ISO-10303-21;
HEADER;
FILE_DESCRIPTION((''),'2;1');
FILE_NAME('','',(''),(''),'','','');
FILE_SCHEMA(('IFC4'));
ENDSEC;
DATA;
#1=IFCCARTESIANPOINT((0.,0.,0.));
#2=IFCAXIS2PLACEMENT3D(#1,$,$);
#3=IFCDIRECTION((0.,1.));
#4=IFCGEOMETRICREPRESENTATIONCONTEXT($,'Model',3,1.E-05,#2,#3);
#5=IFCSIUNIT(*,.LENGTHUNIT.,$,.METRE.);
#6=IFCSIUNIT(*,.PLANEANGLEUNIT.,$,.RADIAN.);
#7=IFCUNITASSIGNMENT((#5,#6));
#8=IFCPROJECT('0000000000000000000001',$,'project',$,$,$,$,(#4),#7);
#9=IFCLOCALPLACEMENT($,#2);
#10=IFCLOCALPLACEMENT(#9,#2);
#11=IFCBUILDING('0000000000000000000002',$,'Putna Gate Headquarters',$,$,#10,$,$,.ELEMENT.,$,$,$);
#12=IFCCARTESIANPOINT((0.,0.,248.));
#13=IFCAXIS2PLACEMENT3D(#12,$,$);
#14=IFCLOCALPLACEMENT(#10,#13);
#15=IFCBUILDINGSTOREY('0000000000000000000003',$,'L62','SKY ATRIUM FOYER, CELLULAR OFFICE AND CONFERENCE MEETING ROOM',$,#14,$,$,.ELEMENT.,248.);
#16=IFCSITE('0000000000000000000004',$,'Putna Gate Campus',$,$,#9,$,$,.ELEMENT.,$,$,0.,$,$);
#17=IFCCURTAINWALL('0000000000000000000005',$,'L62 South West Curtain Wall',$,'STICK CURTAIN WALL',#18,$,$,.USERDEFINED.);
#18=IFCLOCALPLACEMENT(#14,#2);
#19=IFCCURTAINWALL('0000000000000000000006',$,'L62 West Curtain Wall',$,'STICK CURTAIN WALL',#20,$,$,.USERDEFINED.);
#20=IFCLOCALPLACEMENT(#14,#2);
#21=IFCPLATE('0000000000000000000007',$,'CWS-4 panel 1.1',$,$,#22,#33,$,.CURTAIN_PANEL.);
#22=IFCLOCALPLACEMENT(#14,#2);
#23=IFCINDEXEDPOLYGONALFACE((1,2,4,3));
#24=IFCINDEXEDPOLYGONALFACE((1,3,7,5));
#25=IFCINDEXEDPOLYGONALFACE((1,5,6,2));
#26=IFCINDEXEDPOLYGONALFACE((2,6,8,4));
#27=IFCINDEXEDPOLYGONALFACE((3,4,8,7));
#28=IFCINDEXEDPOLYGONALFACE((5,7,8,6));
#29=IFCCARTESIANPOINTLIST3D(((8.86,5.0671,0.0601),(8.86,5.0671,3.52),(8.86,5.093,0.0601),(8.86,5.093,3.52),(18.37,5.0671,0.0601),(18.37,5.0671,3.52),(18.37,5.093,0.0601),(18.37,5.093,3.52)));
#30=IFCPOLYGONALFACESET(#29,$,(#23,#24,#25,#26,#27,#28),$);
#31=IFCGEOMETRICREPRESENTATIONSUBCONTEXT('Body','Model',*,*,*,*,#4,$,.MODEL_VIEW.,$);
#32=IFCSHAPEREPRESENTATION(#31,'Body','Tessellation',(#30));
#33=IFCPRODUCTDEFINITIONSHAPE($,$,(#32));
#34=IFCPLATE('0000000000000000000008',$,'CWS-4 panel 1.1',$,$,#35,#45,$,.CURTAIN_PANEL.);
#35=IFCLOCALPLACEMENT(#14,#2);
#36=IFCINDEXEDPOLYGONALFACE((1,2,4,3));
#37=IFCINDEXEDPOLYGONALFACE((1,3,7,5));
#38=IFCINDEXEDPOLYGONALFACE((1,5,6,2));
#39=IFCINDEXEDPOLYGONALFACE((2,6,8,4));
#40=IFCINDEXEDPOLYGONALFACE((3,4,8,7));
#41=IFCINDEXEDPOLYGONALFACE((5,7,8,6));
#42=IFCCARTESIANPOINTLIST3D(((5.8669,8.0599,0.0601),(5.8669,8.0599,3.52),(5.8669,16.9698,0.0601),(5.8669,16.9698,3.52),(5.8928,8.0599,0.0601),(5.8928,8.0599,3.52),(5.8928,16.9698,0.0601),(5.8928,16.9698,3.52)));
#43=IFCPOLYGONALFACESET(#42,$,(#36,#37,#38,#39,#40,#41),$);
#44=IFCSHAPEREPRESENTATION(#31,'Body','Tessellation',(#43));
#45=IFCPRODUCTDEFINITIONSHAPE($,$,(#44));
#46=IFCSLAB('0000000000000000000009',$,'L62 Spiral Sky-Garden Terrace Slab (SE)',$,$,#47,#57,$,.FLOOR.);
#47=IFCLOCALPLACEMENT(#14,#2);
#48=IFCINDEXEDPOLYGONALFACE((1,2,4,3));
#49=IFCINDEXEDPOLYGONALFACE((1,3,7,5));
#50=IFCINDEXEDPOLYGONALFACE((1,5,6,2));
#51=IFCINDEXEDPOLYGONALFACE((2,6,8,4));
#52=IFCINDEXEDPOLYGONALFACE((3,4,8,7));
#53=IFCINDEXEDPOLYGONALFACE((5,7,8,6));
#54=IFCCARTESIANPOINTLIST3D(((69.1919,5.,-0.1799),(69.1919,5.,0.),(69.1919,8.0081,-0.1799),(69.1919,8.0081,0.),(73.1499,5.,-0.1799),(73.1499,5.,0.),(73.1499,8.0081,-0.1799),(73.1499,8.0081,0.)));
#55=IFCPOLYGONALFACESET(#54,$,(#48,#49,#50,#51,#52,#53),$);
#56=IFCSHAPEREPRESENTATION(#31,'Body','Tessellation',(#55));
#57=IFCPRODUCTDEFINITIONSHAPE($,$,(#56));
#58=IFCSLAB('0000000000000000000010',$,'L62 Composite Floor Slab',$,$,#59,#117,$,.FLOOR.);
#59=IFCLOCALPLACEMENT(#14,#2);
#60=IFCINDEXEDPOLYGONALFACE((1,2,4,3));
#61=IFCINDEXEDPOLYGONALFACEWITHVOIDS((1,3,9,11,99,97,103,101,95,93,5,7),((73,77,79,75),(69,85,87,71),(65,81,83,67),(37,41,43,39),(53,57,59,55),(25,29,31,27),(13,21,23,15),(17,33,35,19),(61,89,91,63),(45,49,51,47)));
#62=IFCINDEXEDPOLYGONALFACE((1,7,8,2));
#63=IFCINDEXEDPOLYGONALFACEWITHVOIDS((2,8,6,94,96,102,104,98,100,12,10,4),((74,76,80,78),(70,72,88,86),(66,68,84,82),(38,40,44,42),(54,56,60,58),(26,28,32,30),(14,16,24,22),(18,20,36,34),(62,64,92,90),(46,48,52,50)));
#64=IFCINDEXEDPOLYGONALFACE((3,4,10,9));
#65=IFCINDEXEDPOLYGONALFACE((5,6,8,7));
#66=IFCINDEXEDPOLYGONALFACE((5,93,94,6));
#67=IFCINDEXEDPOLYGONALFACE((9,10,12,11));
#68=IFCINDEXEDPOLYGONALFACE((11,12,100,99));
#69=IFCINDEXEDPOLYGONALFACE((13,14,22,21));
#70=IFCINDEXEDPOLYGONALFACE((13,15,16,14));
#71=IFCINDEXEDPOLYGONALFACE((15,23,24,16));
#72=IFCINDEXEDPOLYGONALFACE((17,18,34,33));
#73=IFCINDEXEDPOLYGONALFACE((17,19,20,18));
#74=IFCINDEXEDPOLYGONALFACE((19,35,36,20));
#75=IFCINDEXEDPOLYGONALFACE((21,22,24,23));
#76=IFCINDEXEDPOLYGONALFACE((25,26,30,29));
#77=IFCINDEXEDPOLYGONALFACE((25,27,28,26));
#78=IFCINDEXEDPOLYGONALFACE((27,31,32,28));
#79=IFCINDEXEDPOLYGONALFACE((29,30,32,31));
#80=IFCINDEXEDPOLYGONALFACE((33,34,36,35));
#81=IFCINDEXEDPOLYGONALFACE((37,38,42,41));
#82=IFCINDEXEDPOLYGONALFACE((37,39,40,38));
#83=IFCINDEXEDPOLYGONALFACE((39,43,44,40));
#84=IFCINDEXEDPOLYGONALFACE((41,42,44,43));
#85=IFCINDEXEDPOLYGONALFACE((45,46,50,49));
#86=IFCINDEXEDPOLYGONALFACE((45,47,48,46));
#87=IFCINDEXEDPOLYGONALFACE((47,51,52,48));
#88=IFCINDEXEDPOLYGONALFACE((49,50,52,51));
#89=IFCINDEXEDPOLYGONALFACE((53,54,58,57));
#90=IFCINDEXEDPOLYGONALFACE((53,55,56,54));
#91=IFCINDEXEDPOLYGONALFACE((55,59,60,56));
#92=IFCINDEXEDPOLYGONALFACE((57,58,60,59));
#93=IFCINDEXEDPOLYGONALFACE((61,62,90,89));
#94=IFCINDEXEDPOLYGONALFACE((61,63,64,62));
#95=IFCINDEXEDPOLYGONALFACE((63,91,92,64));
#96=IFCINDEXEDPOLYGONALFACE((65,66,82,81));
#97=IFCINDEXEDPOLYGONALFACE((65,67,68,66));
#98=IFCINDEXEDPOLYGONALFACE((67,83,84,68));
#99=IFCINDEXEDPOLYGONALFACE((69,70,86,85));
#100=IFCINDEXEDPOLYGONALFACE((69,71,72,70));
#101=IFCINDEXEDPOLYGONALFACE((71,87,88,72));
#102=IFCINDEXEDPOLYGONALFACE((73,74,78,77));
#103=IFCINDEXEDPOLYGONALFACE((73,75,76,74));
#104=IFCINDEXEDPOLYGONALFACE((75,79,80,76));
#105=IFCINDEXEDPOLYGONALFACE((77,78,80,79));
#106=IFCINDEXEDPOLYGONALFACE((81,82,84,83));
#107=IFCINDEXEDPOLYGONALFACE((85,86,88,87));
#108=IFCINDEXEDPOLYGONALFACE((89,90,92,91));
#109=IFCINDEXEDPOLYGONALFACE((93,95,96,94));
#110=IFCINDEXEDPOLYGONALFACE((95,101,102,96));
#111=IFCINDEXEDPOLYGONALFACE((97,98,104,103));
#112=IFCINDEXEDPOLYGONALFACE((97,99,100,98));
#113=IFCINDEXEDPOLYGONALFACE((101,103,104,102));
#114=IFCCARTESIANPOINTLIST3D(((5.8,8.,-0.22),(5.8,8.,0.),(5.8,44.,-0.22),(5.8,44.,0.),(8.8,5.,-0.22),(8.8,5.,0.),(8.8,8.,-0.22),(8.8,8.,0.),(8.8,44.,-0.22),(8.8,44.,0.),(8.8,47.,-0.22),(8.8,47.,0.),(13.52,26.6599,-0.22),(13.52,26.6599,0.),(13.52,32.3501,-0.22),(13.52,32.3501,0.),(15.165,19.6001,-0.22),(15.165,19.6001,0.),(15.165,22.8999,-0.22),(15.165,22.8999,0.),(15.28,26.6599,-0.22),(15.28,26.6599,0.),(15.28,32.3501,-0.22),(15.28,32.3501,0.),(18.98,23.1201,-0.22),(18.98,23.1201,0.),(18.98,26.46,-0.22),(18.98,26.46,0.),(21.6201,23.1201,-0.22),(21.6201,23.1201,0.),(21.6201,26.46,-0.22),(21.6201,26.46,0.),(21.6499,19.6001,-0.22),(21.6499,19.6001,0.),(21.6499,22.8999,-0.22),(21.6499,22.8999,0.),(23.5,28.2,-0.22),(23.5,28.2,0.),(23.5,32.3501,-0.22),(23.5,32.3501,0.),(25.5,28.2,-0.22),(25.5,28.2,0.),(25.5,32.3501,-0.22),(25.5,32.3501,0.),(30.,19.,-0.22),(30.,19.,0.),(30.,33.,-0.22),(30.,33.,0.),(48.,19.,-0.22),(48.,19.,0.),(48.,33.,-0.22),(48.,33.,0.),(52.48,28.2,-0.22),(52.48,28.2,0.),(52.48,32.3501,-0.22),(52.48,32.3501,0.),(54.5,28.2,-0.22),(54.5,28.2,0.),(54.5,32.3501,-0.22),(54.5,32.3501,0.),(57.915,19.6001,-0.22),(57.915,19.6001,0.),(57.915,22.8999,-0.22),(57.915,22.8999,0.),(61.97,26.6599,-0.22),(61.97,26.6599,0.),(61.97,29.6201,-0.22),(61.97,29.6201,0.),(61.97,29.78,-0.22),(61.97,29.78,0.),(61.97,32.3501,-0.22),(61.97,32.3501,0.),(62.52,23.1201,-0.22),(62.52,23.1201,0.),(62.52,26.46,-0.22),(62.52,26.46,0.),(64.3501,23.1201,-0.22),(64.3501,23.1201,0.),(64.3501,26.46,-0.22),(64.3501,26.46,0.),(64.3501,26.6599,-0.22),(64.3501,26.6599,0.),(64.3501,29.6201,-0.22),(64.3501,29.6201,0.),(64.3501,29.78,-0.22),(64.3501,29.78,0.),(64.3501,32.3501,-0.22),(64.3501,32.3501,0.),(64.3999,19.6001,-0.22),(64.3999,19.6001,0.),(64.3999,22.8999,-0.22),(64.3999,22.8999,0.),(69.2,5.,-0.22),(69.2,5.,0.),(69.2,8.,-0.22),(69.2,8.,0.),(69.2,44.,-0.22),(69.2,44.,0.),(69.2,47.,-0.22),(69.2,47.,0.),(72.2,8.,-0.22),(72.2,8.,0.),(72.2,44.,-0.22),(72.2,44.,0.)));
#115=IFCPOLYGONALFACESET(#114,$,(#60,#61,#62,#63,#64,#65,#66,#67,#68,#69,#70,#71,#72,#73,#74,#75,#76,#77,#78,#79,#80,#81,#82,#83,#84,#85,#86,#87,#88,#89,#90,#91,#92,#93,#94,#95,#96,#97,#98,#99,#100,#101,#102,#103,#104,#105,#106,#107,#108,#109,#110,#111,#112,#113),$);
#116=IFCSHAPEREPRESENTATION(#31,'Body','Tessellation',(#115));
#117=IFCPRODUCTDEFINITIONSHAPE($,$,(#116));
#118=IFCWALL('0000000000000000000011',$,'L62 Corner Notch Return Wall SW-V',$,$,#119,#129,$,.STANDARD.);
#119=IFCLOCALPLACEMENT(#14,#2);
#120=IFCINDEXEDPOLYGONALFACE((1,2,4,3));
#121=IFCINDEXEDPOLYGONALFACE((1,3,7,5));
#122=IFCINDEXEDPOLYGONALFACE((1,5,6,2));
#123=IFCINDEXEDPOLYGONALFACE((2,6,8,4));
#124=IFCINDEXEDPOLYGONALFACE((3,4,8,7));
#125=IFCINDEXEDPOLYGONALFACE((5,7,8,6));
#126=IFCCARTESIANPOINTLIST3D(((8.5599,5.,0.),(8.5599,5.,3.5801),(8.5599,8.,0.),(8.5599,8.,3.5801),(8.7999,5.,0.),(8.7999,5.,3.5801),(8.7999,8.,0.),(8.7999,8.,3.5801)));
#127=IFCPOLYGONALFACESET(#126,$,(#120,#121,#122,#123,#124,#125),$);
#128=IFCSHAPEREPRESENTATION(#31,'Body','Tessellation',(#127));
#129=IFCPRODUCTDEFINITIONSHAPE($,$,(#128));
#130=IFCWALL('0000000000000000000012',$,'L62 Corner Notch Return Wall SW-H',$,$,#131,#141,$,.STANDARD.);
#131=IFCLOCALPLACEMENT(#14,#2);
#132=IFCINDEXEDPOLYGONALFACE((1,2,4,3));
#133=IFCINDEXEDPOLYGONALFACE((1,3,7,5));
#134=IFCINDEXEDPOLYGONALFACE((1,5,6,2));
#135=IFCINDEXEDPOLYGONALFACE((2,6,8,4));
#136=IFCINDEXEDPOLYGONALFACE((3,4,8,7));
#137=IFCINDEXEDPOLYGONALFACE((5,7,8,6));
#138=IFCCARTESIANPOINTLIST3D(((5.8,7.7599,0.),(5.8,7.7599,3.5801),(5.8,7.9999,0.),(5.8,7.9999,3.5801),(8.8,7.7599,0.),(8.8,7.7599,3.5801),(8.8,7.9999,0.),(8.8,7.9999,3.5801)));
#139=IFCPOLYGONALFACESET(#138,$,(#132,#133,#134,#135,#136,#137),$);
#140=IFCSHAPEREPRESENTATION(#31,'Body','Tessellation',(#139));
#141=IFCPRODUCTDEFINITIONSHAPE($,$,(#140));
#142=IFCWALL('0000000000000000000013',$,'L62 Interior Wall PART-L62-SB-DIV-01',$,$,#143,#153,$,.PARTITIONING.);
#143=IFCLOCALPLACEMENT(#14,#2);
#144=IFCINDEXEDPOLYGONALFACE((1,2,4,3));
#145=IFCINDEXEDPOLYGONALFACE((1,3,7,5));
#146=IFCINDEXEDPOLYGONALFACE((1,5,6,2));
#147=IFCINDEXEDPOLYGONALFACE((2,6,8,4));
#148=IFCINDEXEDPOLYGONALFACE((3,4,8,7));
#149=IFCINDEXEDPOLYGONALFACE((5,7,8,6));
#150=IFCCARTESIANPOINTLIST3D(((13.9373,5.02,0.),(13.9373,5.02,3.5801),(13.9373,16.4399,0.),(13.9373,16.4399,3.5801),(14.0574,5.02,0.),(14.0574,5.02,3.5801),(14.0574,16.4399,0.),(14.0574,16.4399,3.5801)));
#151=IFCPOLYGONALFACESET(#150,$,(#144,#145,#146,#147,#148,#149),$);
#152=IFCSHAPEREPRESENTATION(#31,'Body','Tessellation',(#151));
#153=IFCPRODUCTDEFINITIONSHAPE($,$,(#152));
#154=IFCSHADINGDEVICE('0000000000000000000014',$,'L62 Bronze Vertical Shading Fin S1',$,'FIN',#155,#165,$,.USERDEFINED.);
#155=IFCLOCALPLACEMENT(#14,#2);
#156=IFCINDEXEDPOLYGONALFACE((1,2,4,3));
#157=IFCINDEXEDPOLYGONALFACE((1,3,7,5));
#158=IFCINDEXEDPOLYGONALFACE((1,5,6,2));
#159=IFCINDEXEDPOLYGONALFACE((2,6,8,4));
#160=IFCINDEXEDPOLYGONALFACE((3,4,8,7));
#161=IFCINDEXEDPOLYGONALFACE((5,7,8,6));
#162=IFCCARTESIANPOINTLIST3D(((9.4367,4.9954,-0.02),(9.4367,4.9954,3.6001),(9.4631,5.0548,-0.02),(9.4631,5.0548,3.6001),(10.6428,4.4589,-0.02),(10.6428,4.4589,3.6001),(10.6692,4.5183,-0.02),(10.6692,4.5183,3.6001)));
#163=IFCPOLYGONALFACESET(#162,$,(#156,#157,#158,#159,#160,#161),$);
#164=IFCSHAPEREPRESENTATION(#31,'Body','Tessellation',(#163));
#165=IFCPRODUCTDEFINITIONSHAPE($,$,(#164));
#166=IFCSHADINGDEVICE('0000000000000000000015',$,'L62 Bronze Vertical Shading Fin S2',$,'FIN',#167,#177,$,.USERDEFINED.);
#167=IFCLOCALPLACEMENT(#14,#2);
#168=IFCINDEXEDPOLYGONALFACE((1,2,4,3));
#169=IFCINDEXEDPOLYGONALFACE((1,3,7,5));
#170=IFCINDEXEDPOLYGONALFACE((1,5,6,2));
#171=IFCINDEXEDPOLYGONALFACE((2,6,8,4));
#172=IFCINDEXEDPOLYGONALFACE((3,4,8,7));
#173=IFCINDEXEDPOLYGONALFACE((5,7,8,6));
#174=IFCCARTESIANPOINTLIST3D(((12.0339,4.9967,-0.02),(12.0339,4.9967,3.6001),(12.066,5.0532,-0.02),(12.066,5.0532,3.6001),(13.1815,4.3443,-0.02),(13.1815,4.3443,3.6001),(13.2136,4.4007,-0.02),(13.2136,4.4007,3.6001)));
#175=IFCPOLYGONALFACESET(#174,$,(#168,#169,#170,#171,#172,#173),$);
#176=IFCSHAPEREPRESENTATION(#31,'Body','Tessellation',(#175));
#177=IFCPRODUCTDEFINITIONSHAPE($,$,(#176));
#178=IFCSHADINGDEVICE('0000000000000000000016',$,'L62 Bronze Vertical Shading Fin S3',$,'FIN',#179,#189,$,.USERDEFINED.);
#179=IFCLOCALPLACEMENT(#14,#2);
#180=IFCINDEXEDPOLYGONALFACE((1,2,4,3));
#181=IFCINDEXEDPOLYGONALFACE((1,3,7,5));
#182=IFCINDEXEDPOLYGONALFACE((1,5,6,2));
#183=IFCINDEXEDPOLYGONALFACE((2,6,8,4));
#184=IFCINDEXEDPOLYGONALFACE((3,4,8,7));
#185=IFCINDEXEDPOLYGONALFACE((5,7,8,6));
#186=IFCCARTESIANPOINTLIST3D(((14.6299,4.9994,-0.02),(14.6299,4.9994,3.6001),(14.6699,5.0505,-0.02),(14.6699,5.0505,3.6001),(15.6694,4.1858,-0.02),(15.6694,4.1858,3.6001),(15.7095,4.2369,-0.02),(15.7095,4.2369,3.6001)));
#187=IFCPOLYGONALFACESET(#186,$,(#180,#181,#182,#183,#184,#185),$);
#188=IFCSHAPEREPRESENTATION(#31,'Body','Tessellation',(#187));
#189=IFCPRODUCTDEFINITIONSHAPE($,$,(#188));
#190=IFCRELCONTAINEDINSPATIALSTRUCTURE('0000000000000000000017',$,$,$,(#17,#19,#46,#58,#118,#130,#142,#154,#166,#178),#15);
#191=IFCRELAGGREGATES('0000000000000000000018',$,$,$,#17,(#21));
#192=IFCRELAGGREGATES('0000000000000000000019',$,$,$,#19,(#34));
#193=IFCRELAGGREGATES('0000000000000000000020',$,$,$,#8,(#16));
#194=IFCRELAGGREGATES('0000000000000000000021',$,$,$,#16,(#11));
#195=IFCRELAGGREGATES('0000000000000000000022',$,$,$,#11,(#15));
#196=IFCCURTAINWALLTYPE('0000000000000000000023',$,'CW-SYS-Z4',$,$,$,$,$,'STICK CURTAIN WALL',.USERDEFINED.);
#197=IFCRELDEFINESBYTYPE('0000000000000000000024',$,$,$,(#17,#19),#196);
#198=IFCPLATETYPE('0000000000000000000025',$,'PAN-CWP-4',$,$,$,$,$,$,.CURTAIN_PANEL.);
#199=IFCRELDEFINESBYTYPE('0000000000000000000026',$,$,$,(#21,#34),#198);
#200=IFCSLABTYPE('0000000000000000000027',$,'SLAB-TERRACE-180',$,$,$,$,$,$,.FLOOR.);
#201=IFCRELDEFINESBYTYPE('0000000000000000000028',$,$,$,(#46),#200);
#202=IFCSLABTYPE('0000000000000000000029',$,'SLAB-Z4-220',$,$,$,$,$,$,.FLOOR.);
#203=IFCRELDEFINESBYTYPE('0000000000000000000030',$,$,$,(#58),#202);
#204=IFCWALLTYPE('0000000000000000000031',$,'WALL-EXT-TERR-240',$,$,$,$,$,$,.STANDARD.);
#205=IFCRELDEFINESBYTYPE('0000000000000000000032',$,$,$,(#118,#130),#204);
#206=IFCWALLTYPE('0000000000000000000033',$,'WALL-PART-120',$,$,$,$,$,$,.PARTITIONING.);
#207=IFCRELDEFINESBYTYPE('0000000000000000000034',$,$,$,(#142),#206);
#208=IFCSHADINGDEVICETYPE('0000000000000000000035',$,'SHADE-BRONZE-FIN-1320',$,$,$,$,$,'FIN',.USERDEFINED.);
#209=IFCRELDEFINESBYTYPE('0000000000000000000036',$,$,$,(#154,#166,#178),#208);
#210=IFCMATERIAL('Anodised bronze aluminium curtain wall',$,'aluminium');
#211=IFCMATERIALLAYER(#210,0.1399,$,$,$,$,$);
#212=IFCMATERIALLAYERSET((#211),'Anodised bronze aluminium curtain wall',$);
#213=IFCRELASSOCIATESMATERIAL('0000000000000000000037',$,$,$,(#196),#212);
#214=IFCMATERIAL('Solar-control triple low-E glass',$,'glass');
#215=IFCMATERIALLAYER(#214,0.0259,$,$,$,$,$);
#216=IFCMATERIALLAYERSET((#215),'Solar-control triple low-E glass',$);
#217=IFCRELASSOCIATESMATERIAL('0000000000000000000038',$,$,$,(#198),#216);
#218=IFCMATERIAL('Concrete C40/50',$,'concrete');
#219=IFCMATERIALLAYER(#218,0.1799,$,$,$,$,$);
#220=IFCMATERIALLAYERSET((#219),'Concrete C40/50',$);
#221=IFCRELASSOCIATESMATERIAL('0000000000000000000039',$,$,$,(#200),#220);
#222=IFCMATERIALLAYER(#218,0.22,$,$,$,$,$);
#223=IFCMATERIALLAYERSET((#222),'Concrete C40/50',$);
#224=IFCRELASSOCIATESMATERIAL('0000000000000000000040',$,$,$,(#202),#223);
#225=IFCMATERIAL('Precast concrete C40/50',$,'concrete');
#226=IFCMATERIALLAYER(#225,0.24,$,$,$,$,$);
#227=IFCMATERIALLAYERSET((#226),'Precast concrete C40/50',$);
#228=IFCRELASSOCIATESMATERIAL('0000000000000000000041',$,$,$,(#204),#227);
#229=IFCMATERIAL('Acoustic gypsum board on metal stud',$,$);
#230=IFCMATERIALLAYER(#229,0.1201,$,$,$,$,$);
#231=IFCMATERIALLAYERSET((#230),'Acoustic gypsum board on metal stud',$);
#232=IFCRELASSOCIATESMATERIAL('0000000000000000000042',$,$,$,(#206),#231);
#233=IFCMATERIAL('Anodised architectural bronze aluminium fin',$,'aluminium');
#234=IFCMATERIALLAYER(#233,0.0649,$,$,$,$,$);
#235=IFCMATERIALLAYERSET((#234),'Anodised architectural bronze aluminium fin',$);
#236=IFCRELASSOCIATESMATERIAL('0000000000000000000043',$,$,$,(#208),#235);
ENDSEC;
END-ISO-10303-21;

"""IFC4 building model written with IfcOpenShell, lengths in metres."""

from ifc_helpers import new_model, si_unit, direction, frame, frame_2d, origin, origin_2d, place, context, subcontext, project, spatial, polyline, rectangle, outline, extrude, material, layer, layer_set, type_object, element, aggregate, save


model = new_model("IFC4")

# Units and contexts
model_context = context("Model", 3, precision=1e-05, world=origin(), true_north=direction((0.0, 1.0)))
body_context = subcontext(model_context, "Body", "Model", "MODEL_VIEW")
ifc_project = project(units=[si_unit("LENGTHUNIT", "METRE"), si_unit("PLANEANGLEUNIT", "RADIAN")], contexts=[model_context])

# Site, building, storey
site_placement = place(None, origin())
site = spatial("IfcSite", under=ifc_project, at=site_placement, Name="Putna Gate Campus", CompositionType="ELEMENT", RefElevation=0.0)
building_placement = place(site_placement, origin())
building = spatial("IfcBuilding", under=site, at=building_placement, Name="Putna Gate Headquarters", CompositionType="ELEMENT")
storey_placement = place(building_placement, frame((0.0, 0.0, 248.0)))
storey = spatial("IfcBuildingStorey", under=building, at=storey_placement, Name="L62", Description="SKY ATRIUM FOYER, CELLULAR OFFICE AND CONFERENCE MEETING ROOM", CompositionType="ELEMENT", Elevation=248.0)

# Curtain walls
ifc_material_1 = material(Name="Anodised bronze aluminium curtain wall", Category="aluminium")
ifc_layer_1 = layer(ifc_material_1, 0.1399)
ifc_layer_set_1 = layer_set([ifc_layer_1], Name="Anodised bronze aluminium curtain wall")
curtain_wall_type = type_object("IfcCurtainWallType", Name="CW-SYS-Z4", ElementType="STICK CURTAIN WALL", PredefinedType="USERDEFINED", material=ifc_layer_set_1)
curtain_wall_1_placement = place(storey_placement, origin())
curtain_wall_1 = element("IfcCurtainWall", 1, at=curtain_wall_1_placement, inside=storey, type_object=curtain_wall_type, Name="L62 South West Curtain Wall", ObjectType="STICK CURTAIN WALL", PredefinedType="USERDEFINED")
curtain_wall_2_placement = place(storey_placement, origin())
curtain_wall_2 = element("IfcCurtainWall", 2, at=curtain_wall_2_placement, inside=storey, type_object=curtain_wall_type, Name="L62 West Curtain Wall", ObjectType="STICK CURTAIN WALL", PredefinedType="USERDEFINED")

# Shared definitions
ifc_material_2 = material(Name="Concrete C40/50", Category="concrete")

# Plates
ifc_material_3 = material(Name="Solar-control triple low-E glass", Category="glass")
ifc_layer_2 = layer(ifc_material_3, 0.0259)
ifc_layer_set_2 = layer_set([ifc_layer_2], Name="Solar-control triple low-E glass")
plate_type = type_object("IfcPlateType", Name="PAN-CWP-4", PredefinedType="CURTAIN_PANEL", material=ifc_layer_set_2)
plate_1_placement = place(storey_placement, frame((13.615, 5.0801, 0.0601), z_axis=(0.0, 0.0, 1.0), x_axis=(1.0, 0.0, 0.0)))
plate_1 = element("IfcPlate", 3, at=plate_1_placement, type_object=plate_type, Name="CWS-4 panel 1.1", PredefinedType="CURTAIN_PANEL", context=body_context, shape_type="SweptSolid", body=[
    extrude(rectangle(XDim=9.51, YDim=0.0259, at=origin_2d()), origin(), (0.0, 0.0, 1.0), 3.46),
])
aggregate(curtain_wall_1, [plate_1])
plate_2_placement = place(storey_placement, frame((5.8799, 12.5149, 0.0601), z_axis=(0.0, 0.0, 1.0), x_axis=(0.0, 1.0, 0.0)))
plate_2 = element("IfcPlate", 4, at=plate_2_placement, type_object=plate_type, Name="CWS-4 panel 1.1", PredefinedType="CURTAIN_PANEL", context=body_context, shape_type="SweptSolid", body=[
    extrude(rectangle(XDim=8.9099, YDim=0.0259, at=origin_2d()), origin(), (0.0, 0.0, 1.0), 3.46),
])
aggregate(curtain_wall_2, [plate_2])

# Slabs
ifc_layer_3 = layer(ifc_material_2, 0.1799)
ifc_layer_set_3 = layer_set([ifc_layer_3], Name="Concrete C40/50")
slab_type_1 = type_object("IfcSlabType", Name="SLAB-TERRACE-180", PredefinedType="FLOOR", material=ifc_layer_set_3)
slab_1_placement = place(storey_placement, frame((0.0, 0.0, -0.1799)))
element("IfcSlab", 5, at=slab_1_placement, inside=storey, type_object=slab_type_1, Name="L62 Spiral Sky-Garden Terrace Slab (SE)", PredefinedType="FLOOR", context=body_context, shape_type="SweptSolid", body=[
    extrude(outline(polyline([(69.1919, 5.0), (73.1499, 5.0), (73.1499, 8.0081), (69.1919, 8.0081), (69.1919, 5.0)])), origin(), (0.0, 0.0, 1.0), 0.1799),
])
ifc_layer_4 = layer(ifc_material_2, 0.22)
ifc_layer_set_4 = layer_set([ifc_layer_4], Name="Concrete C40/50")
slab_type_2 = type_object("IfcSlabType", Name="SLAB-Z4-220", PredefinedType="FLOOR", material=ifc_layer_set_4)
slab_2_placement = place(storey_placement, frame((0.0, 0.0, -0.22)))
element("IfcSlab", 6, at=slab_2_placement, inside=storey, type_object=slab_type_2, Name="L62 Composite Floor Slab", PredefinedType="FLOOR", context=body_context, shape_type="SweptSolid", body=[
    extrude(outline(polyline([(8.8, 5.0), (69.2, 5.0), (69.2, 8.0), (72.2, 8.0), (72.2, 44.0), (69.2, 44.0), (69.2, 47.0), (8.8, 47.0), (8.8, 44.0), (5.8, 44.0), (5.8, 8.0), (8.8, 8.0), (8.8, 5.0)]), holes=[polyline([(15.165, 19.6001), (21.6499, 19.6001), (21.6499, 22.8999), (15.165, 22.8999), (15.165, 19.6001)]), polyline([(57.915, 19.6001), (64.3999, 19.6001), (64.3999, 22.8999), (57.915, 22.8999), (57.915, 19.6001)]), polyline([(13.52, 26.6599), (15.28, 26.6599), (15.28, 32.3501), (13.52, 32.3501), (13.52, 26.6599)]), polyline([(61.97, 29.78), (64.3501, 29.78), (64.3501, 32.3501), (61.97, 32.3501), (61.97, 29.78)]), polyline([(18.98, 23.1201), (21.6201, 23.1201), (21.6201, 26.46), (18.98, 26.46), (18.98, 23.1201)]), polyline([(62.52, 23.1201), (64.3501, 23.1201), (64.3501, 26.46), (62.52, 26.46), (62.52, 23.1201)]), polyline([(61.97, 26.6599), (64.3501, 26.6599), (64.3501, 29.6201), (61.97, 29.6201), (61.97, 26.6599)]), polyline([(23.5, 28.2), (25.5, 28.2), (25.5, 32.3501), (23.5, 32.3501), (23.5, 28.2)]), polyline([(52.48, 28.2), (54.5, 28.2), (54.5, 32.3501), (52.48, 32.3501), (52.48, 28.2)]), polyline([(30.0, 19.0), (48.0, 19.0), (48.0, 33.0), (30.0, 33.0), (30.0, 19.0)])]), origin(), (0.0, 0.0, 1.0), 0.22),
])

# Walls
ifc_material_4 = material(Name="Precast concrete C40/50", Category="concrete")
ifc_layer_5 = layer(ifc_material_4, 0.24)
ifc_layer_set_5 = layer_set([ifc_layer_5], Name="Precast concrete C40/50")
wall_type_1 = type_object("IfcWallType", Name="WALL-EXT-TERR-240", PredefinedType="STANDARD", material=ifc_layer_set_5)
for number, where, z_axis, x_axis, name in (
    (7, (8.6799, 5.0, 0.0), (0.0, 0.0, 1.0), (0.0, 1.0, 0.0), "L62 Corner Notch Return Wall SW-V"),
    (8, (8.8, 7.8799, 0.0), (0.0, 0.0, 1.0), (-1.0, 0.0, 0.0), "L62 Corner Notch Return Wall SW-H"),
):
    element("IfcWall", number, at=place(storey_placement, frame(where, z_axis=z_axis, x_axis=x_axis)), inside=storey, type_object=wall_type_1, Name=name, PredefinedType="STANDARD", context=body_context, shape_type="SweptSolid", body=[
        extrude(rectangle(XDim=3.0, YDim=0.24, at=frame_2d((1.5, 0.0))), origin(), (0.0, 0.0, 1.0), 3.5801),
    ])
ifc_material_5 = material(Name="Acoustic gypsum board on metal stud")
ifc_layer_6 = layer(ifc_material_5, 0.1201)
ifc_layer_set_6 = layer_set([ifc_layer_6], Name="Acoustic gypsum board on metal stud")
wall_type_2 = type_object("IfcWallType", Name="WALL-PART-120", PredefinedType="PARTITIONING", material=ifc_layer_set_6)
wall_placement = place(storey_placement, frame((13.9973, 5.02, 0.0), z_axis=(0.0, 0.0, 1.0), x_axis=(0.0, 1.0, 0.0)))
element("IfcWall", 9, at=wall_placement, inside=storey, type_object=wall_type_2, Name="L62 Interior Wall PART-L62-SB-DIV-01", PredefinedType="PARTITIONING", context=body_context, shape_type="SweptSolid", body=[
    extrude(rectangle(XDim=11.4199, YDim=0.1201, at=frame_2d((5.71, 0.0))), origin(), (0.0, 0.0, 1.0), 3.5801),
])

# Shading devices
ifc_material_6 = material(Name="Anodised architectural bronze aluminium fin", Category="aluminium")
ifc_layer_7 = layer(ifc_material_6, 0.0649)
ifc_layer_set_7 = layer_set([ifc_layer_7], Name="Anodised architectural bronze aluminium fin")
shading_device_type = type_object("IfcShadingDeviceType", Name="SHADE-BRONZE-FIN-1320", ElementType="FIN", PredefinedType="USERDEFINED", material=ifc_layer_set_7)
for number, where, z_axis, x_axis, name in (
    (10, (10.053, 4.7568, -0.02), (0.0, 0.0, 1.0), (0.913687, -0.406418, 0.0), "L62 Bronze Vertical Shading Fin S1"),
    (11, (12.6238, 4.6987, -0.02), (0.0, 0.0, 1.0), (0.869322, -0.494245, 0.0), "L62 Bronze Vertical Shading Fin S2"),
    (12, (15.1697, 4.6182, -0.02), (0.0, 0.0, 1.0), (0.787473, -0.616349, 0.0), "L62 Bronze Vertical Shading Fin S3"),
):
    element("IfcShadingDevice", number, at=place(storey_placement, frame(where, z_axis=z_axis, x_axis=x_axis)), inside=storey, type_object=shading_device_type, Name=name, ObjectType="FIN", PredefinedType="USERDEFINED", context=body_context, shape_type="SweptSolid", body=[
        extrude(rectangle(XDim=1.3201, YDim=0.0649, at=origin_2d()), origin(), (0.0, 0.0, 1.0), 3.6201),
    ])

save(model, "model.ifc")
